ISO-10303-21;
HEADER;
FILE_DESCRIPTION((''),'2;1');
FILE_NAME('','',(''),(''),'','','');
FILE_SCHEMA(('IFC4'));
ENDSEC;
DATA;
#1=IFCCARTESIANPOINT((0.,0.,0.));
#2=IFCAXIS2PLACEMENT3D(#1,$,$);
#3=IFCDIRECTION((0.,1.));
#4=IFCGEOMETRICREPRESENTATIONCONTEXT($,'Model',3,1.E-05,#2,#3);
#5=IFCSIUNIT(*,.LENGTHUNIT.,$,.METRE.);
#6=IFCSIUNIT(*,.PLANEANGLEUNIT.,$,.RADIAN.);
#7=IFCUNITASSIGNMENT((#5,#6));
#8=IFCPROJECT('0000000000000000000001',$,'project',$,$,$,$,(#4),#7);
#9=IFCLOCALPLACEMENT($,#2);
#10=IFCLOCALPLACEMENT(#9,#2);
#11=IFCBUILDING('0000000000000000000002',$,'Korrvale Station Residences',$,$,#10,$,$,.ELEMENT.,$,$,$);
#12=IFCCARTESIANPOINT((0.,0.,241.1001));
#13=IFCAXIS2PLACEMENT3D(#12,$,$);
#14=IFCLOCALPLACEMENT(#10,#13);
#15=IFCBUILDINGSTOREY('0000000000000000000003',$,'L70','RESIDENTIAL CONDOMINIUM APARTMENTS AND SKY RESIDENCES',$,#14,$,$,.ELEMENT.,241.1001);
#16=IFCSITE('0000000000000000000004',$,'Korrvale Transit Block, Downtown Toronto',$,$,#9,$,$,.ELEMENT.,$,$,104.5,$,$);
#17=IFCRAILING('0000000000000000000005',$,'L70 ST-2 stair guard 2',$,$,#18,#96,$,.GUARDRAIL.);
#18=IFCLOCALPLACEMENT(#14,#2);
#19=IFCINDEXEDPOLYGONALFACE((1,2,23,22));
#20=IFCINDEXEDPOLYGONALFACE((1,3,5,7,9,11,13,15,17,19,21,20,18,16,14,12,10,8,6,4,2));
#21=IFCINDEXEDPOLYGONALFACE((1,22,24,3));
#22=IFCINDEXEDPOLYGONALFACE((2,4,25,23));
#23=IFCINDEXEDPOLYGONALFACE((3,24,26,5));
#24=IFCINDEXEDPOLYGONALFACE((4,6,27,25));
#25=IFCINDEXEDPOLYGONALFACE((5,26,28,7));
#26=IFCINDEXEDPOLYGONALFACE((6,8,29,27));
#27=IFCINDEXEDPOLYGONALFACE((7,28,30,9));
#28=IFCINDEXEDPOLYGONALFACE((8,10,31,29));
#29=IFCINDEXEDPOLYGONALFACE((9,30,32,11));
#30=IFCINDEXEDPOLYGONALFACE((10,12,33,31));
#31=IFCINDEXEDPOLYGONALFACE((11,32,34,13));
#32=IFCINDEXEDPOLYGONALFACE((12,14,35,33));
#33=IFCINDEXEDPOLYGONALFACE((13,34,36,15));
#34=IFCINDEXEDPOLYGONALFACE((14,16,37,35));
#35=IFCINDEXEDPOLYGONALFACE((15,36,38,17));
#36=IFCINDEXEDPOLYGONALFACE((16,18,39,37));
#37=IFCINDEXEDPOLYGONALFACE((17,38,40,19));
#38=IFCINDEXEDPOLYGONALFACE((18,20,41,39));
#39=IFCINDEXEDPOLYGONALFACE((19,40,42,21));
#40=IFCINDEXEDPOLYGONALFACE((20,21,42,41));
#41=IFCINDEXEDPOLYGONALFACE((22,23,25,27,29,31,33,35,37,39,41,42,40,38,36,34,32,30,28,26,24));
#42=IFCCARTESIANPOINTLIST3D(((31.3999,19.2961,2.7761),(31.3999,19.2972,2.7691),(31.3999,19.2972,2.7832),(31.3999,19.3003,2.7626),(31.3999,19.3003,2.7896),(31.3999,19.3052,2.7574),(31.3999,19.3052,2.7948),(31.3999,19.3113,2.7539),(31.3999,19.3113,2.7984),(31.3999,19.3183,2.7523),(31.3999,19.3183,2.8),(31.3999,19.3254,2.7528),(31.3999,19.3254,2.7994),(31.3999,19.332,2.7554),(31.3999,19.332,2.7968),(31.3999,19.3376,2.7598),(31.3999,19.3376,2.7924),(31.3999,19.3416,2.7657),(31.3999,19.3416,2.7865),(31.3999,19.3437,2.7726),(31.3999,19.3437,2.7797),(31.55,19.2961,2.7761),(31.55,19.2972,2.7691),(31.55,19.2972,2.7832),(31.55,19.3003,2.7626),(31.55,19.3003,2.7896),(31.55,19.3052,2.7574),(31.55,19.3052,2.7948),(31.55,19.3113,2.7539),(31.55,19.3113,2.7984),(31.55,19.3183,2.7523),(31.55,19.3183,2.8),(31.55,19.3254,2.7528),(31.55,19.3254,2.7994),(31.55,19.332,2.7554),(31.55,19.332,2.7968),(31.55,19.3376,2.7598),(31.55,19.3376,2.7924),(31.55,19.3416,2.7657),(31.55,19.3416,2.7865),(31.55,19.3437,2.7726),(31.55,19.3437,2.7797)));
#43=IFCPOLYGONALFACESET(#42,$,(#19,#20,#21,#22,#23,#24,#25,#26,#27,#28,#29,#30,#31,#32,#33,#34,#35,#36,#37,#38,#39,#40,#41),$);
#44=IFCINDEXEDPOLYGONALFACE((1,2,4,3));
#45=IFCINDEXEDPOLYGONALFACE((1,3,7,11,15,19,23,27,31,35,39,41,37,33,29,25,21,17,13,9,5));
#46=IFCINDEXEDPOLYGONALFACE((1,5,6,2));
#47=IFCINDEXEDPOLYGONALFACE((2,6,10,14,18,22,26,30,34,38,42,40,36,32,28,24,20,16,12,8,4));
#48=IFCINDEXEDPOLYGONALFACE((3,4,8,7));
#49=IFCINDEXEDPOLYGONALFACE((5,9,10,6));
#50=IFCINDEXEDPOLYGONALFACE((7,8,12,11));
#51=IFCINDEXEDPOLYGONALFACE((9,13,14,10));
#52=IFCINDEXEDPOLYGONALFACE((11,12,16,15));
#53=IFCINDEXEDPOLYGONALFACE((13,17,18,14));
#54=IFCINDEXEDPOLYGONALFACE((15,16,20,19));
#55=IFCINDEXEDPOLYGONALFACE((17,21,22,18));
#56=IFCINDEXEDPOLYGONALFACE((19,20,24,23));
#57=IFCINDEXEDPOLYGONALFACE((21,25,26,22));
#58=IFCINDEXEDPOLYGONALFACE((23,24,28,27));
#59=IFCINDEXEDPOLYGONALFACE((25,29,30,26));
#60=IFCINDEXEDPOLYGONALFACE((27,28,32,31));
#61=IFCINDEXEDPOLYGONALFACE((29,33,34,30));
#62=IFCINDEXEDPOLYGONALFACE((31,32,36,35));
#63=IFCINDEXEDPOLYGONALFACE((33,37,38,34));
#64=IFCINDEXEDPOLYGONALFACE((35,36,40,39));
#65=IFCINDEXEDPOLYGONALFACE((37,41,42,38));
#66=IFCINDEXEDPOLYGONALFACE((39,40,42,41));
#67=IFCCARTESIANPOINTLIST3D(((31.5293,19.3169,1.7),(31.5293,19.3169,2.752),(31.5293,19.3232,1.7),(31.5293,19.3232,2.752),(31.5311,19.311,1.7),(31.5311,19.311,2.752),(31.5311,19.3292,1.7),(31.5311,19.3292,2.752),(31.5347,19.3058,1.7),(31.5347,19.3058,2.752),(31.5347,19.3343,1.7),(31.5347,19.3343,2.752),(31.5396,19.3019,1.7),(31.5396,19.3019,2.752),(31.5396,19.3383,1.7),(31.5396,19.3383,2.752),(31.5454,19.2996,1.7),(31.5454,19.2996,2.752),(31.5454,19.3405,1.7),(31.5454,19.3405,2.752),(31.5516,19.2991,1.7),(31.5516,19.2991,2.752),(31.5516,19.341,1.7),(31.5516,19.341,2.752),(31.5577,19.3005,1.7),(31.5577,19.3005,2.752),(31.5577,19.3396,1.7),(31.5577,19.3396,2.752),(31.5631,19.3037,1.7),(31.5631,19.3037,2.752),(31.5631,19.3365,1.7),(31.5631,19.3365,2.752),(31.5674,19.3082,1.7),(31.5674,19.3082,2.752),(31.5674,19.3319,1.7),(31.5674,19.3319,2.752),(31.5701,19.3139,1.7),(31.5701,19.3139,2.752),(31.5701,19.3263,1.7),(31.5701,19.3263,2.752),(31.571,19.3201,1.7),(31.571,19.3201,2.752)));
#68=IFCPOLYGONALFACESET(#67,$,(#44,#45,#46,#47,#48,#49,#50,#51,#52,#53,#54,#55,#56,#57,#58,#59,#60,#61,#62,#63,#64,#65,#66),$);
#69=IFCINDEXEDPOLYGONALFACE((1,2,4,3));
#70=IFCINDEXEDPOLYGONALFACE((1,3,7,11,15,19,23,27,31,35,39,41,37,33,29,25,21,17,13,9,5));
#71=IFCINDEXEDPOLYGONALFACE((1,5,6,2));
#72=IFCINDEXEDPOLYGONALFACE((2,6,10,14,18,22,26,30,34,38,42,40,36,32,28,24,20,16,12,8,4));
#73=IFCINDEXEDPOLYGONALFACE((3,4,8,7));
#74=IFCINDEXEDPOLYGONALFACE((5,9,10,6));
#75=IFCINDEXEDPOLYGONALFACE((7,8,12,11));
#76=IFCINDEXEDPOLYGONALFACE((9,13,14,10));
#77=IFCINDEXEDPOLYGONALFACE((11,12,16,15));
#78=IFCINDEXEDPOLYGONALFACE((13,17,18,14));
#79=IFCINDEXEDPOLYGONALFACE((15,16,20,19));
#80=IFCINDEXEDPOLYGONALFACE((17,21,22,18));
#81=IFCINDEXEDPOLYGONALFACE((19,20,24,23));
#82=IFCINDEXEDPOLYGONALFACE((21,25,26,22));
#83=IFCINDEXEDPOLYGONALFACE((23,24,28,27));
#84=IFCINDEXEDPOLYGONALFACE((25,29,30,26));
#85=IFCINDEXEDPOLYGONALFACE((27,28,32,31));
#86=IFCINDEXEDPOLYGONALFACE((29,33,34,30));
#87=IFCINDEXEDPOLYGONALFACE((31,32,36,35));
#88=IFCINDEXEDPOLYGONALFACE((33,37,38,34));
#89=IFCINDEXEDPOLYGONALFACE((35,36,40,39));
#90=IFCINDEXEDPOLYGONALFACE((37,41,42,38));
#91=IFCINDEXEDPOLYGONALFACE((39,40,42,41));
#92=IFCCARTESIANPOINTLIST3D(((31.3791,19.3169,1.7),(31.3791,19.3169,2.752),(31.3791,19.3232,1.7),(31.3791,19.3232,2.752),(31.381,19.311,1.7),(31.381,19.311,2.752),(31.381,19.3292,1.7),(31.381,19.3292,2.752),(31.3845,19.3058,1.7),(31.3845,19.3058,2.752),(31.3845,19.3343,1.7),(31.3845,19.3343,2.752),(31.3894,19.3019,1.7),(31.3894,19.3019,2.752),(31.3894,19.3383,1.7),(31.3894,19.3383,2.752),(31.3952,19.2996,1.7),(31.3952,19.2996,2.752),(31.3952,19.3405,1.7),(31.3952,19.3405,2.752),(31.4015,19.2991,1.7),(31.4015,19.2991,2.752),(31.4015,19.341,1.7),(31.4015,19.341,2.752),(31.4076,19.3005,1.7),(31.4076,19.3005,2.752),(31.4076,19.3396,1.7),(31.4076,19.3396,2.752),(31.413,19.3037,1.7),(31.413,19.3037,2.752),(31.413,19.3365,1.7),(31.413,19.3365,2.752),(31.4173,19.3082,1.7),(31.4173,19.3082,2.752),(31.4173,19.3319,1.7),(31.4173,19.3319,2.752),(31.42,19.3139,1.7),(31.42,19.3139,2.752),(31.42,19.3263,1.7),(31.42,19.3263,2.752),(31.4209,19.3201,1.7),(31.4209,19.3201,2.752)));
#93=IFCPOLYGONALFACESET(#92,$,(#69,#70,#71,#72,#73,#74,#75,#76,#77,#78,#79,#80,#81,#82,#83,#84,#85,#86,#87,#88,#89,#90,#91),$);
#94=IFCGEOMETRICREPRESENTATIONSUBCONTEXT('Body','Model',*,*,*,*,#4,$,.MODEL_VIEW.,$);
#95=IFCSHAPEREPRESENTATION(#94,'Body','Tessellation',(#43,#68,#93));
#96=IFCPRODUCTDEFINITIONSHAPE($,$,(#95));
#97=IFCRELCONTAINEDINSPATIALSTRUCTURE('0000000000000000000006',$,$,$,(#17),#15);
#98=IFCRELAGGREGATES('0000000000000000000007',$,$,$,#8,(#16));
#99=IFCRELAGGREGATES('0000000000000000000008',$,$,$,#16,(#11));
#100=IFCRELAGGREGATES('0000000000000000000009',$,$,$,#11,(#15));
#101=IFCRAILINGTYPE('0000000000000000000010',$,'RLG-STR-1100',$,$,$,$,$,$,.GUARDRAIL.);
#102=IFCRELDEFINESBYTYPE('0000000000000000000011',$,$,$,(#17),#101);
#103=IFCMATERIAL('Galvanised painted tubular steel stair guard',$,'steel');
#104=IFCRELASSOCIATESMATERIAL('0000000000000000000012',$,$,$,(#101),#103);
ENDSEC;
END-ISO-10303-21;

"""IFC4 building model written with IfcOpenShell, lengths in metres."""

from ifc_helpers import new_model, si_unit, direction, frame, origin, origin_2d, place, context, subcontext, project, spatial, circle, extrude, material, type_object, element, save


model = new_model("IFC4")

# Units and contexts
model_context = context("Model", 3, precision=1e-05, world=origin(), true_north=direction((0.0, 1.0)))
body_context = subcontext(model_context, "Body", "Model", "MODEL_VIEW")
ifc_project = project(units=[si_unit("LENGTHUNIT", "METRE"), si_unit("PLANEANGLEUNIT", "RADIAN")], contexts=[model_context])

# Site, building, storey
site_placement = place(None, origin())
site = spatial("IfcSite", under=ifc_project, at=site_placement, Name="Korrvale Transit Block, Downtown Toronto", CompositionType="ELEMENT", RefElevation=104.5)
building_placement = place(site_placement, origin())
building = spatial("IfcBuilding", under=site, at=building_placement, Name="Korrvale Station Residences", CompositionType="ELEMENT")
storey_placement = place(building_placement, frame((0.0, 0.0, 241.1001)))
storey = spatial("IfcBuildingStorey", under=building, at=storey_placement, Name="L70", Description="RESIDENTIAL CONDOMINIUM APARTMENTS AND SKY RESIDENCES", CompositionType="ELEMENT", Elevation=241.1001)

# Railing
ifc_material_1 = material(Name="Galvanised painted tubular steel stair guard", Category="steel")
railing_type_1 = type_object("IfcRailingType", Name="RLG-STR-1100", PredefinedType="GUARDRAIL", material=ifc_material_1)
railing_1_placement = place(storey_placement, frame((31.55, 19.3201, 1.7)))
element("IfcRailing", 1, at=railing_1_placement, inside=storey, type_object=railing_type_1, Name="L70 ST-2 stair guard 2", PredefinedType="GUARDRAIL", context=body_context, shape_type="SweptSolid", body=[
    extrude(circle(Radius=0.0239, at=origin_2d()), frame((0.0, 0.0, 1.0762), z_axis=(-1.0, 0.0, 0.0), x_axis=(0.0, -1.0, 0.0)), (0.0, 0.0, 1.0), 0.1501),
    extrude(circle(Radius=0.021, at=origin_2d()), origin(), (0.0, 0.0, 1.0), 1.052),
    extrude(circle(Radius=0.021, at=origin_2d()), frame((-0.1501, 0.0, 0.0)), (0.0, 0.0, 1.0), 1.052),
])

save(model, "model.ifc")
